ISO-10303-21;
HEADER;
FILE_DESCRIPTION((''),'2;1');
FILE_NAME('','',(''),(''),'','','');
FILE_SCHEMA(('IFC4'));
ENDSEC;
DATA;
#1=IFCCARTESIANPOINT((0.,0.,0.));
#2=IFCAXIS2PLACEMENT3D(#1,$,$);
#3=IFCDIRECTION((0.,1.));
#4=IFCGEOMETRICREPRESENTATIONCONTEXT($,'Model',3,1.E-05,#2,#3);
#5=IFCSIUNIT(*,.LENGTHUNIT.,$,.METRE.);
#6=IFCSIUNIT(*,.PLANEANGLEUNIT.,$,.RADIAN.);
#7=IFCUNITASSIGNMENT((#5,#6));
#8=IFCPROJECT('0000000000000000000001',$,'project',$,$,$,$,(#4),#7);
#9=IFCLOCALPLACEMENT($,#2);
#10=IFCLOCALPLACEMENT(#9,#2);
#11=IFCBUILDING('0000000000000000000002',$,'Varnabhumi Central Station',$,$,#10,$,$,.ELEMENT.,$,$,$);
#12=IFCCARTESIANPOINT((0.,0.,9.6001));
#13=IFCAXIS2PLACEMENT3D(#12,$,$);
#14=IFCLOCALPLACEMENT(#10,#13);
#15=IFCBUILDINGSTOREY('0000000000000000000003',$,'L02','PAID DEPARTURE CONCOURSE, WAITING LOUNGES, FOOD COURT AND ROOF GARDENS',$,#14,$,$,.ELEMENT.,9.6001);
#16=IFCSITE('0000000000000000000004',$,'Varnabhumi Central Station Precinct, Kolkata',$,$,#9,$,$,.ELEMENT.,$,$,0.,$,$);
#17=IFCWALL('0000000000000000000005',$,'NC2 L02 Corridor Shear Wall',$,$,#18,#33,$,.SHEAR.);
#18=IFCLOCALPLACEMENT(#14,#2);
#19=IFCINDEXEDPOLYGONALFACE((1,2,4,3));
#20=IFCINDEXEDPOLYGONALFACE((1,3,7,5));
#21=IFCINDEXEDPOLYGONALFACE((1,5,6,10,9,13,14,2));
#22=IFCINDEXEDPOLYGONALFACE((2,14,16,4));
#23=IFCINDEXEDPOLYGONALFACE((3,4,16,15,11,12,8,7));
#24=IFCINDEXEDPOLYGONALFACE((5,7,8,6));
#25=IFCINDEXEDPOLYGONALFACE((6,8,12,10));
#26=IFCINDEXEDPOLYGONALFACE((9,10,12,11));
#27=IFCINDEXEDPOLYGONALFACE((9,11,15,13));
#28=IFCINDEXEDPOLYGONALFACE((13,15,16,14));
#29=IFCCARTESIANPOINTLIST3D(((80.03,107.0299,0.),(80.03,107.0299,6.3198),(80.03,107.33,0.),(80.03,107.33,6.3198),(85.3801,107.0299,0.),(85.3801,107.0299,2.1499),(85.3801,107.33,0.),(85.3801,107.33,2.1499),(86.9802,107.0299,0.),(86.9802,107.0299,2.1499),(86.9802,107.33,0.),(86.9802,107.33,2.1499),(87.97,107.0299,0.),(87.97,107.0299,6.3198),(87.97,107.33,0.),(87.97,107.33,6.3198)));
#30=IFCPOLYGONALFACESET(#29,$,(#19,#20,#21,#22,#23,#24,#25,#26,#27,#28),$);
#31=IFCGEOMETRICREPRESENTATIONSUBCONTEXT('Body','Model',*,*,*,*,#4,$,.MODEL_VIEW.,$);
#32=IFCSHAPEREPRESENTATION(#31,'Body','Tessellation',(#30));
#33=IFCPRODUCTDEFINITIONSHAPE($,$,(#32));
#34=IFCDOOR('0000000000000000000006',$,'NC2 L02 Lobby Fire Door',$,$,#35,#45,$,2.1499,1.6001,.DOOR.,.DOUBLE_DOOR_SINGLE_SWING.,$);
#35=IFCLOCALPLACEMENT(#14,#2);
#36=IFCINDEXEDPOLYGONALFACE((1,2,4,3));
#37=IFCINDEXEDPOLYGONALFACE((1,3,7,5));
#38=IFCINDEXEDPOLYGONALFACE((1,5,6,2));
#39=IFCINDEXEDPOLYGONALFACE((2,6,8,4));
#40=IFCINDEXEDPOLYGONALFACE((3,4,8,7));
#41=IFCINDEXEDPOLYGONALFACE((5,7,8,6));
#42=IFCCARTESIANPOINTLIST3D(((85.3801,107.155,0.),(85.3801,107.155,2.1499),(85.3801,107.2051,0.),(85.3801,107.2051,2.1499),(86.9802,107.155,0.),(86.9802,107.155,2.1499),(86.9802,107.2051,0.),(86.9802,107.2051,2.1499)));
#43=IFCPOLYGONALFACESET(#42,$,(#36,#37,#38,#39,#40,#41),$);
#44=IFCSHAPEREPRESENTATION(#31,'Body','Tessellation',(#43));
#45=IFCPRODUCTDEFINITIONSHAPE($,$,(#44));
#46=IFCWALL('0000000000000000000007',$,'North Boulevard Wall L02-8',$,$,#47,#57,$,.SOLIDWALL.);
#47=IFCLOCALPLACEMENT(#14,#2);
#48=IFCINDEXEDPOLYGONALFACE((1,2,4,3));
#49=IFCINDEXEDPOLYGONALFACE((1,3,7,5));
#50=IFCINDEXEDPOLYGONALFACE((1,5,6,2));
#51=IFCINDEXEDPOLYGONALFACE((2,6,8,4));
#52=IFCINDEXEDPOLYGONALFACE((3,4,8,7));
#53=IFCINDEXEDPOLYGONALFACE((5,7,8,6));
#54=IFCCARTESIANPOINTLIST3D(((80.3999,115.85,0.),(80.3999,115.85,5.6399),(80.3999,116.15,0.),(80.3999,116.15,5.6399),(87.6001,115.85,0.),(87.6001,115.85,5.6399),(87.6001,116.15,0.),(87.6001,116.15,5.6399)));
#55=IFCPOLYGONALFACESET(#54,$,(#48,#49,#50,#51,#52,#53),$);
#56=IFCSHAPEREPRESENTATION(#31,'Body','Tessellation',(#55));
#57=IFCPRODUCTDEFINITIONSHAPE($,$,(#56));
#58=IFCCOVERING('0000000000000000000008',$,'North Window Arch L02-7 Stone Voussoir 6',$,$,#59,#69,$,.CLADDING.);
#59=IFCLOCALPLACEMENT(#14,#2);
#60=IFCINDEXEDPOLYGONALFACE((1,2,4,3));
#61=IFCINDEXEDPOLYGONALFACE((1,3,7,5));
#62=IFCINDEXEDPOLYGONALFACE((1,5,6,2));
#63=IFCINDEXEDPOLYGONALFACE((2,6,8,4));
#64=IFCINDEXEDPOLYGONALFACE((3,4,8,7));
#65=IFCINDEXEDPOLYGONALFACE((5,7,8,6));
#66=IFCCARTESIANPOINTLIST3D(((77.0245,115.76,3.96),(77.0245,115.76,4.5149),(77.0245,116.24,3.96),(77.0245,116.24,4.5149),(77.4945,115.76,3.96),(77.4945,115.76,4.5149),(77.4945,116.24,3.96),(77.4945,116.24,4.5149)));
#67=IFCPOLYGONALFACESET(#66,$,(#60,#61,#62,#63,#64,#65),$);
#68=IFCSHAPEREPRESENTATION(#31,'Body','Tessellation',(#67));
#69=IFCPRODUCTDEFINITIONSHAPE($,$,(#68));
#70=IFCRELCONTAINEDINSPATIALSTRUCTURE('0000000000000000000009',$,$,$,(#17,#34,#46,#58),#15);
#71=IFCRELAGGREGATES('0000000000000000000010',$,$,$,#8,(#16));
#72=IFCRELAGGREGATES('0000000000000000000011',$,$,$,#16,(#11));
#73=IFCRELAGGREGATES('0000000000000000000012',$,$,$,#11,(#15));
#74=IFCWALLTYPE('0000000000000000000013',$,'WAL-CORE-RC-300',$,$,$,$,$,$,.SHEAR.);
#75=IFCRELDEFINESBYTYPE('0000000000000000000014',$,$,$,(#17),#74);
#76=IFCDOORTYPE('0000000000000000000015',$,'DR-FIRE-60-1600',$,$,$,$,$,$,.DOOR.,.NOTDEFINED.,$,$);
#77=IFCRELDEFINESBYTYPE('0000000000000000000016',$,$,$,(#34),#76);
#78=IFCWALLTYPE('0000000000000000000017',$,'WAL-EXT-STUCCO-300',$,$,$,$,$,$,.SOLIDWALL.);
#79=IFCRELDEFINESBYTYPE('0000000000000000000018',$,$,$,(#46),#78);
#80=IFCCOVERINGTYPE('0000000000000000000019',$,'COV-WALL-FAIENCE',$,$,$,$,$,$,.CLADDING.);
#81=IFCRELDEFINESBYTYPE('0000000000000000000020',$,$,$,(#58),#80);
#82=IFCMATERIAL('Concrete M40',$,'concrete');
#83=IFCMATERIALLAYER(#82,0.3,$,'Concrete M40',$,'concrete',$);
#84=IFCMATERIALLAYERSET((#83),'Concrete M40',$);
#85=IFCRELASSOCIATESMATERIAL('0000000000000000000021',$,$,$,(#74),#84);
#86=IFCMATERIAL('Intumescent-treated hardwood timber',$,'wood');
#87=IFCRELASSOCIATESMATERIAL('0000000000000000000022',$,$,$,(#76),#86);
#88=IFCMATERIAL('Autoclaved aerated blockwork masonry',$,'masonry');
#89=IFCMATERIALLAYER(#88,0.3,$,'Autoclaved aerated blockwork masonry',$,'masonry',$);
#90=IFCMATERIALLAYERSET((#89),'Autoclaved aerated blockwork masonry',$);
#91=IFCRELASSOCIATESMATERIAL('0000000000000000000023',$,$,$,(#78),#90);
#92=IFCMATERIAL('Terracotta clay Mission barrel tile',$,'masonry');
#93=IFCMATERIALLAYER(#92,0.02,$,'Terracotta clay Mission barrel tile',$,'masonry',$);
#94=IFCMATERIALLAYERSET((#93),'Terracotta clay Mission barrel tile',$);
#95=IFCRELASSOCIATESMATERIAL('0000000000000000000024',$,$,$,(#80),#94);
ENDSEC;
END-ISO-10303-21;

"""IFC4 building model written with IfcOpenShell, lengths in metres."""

from ifc_helpers import new_model, si_unit, direction, frame, frame_2d, origin, origin_2d, place, context, subcontext, project, spatial, rectangle, extrude, material, layer, layer_set, type_object, element, fill, save


model = new_model("IFC4")

# Units and contexts
model_context = context("Model", 3, precision=1e-05, world=origin(), true_north=direction((0.0, 1.0)))
body_context = subcontext(model_context, "Body", "Model", "MODEL_VIEW")
ifc_project = project(units=[si_unit("LENGTHUNIT", "METRE"), si_unit("PLANEANGLEUNIT", "RADIAN")], contexts=[model_context])

# Site, building, storey
site_placement = place(None, origin())
site = spatial("IfcSite", under=ifc_project, at=site_placement, Name="Varnabhumi Central Station Precinct, Kolkata", CompositionType="ELEMENT", RefElevation=0.0)
building_placement = place(site_placement, origin())
building = spatial("IfcBuilding", under=site, at=building_placement, Name="Varnabhumi Central Station", CompositionType="ELEMENT")
storey_placement = place(building_placement, frame((0.0, 0.0, 9.6001)))
storey = spatial("IfcBuildingStorey", under=building, at=storey_placement, Name="L02", Description="PAID DEPARTURE CONCOURSE, WAITING LOUNGES, FOOD COURT AND ROOF GARDENS", CompositionType="ELEMENT", Elevation=9.6001)

# Shared definitions
ifc_material_1 = material(Name="Concrete M40", Category="concrete")

# Shared definitions
ifc_layer_1 = layer(ifc_material_1, 0.3, Name="Concrete M40", Category="concrete")
ifc_layer_set_1 = layer_set([ifc_layer_1], Name="Concrete M40")
wall_type_1 = type_object("IfcWallType", Name="WAL-CORE-RC-300", PredefinedType="SHEAR", material=ifc_layer_set_1)

# Wall, opening, door
wall_1_placement = place(storey_placement, frame((80.03, 107.1799, 0.0), z_axis=(0.0, 0.0, 1.0), x_axis=(1.0, 0.0, 0.0)))
wall_1 = element("IfcWall", 1, at=wall_1_placement, inside=storey, type_object=wall_type_1, Name="NC2 L02 Corridor Shear Wall", PredefinedType="SHEAR", context=body_context, shape_type="SweptSolid", body=[
    extrude(rectangle(XDim=7.9399, YDim=0.3, at=frame_2d((3.97, 0.0))), origin(), (0.0, 0.0, 1.0), 6.3198),
])
opening_placement = place(wall_1_placement, frame((5.3501, 0.0, 0.0)))
opening = element("IfcOpeningElement", 2, at=opening_placement, cuts=wall_1, PredefinedType="OPENING", context=body_context, shape_type="SweptSolid", body=[
    extrude(rectangle(XDim=1.6001, YDim=2.1499, at=frame_2d((0.8, 1.075))), frame((0.0, 0.1599, 0.0), z_axis=(0.0, -1.0, 0.0), x_axis=(1.0, 0.0, 0.0)), (0.0, 0.0, 1.0), 0.3201),
])
ifc_material_2 = material(Name="Intumescent-treated hardwood timber", Category="wood")
door_type = type_object("IfcDoorType", Name="DR-FIRE-60-1600", OperationType="NOTDEFINED", PredefinedType="DOOR", material=ifc_material_2)
door_placement = place(opening_placement, frame((1.6001, 0.0, 0.0), z_axis=(0.0, 0.0, 1.0), x_axis=(-1.0, 0.0, 0.0)))
door = element("IfcDoor", 3, at=door_placement, inside=storey, type_object=door_type, Name="NC2 L02 Lobby Fire Door", OperationType="DOUBLE_DOOR_SINGLE_SWING", OverallHeight=2.1499, OverallWidth=1.6001, PredefinedType="DOOR", context=body_context, shape_type="SweptSolid", body=[
    extrude(rectangle(XDim=1.6001, YDim=2.1499, at=frame_2d((0.8, 1.075))), frame((0.0, 0.0249, 0.0), z_axis=(0.0, -1.0, 0.0), x_axis=(1.0, 0.0, 0.0)), (0.0, 0.0, 1.0), 0.05),
])
fill(opening, door)

# Wall
ifc_material_3 = material(Name="Autoclaved aerated blockwork masonry", Category="masonry")
ifc_layer_2 = layer(ifc_material_3, 0.3, Name="Autoclaved aerated blockwork masonry", Category="masonry")
ifc_layer_set_2 = layer_set([ifc_layer_2], Name="Autoclaved aerated blockwork masonry")
wall_type_2 = type_object("IfcWallType", Name="WAL-EXT-STUCCO-300", PredefinedType="SOLIDWALL", material=ifc_layer_set_2)
wall_2_placement = place(storey_placement, frame((80.3999, 116.0, 0.0), z_axis=(0.0, 0.0, 1.0), x_axis=(1.0, 0.0, 0.0)))
element("IfcWall", 4, at=wall_2_placement, inside=storey, type_object=wall_type_2, Name="North Boulevard Wall L02-8", PredefinedType="SOLIDWALL", context=body_context, shape_type="SweptSolid", body=[
    extrude(rectangle(XDim=7.2002, YDim=0.3, at=frame_2d((3.6001, 0.0))), origin(), (0.0, 0.0, 1.0), 5.6399),
])

# Covering
ifc_material_4 = material(Name="Terracotta clay Mission barrel tile", Category="masonry")
ifc_layer_3 = layer(ifc_material_4, 0.02, Name="Terracotta clay Mission barrel tile", Category="masonry")
ifc_layer_set_3 = layer_set([ifc_layer_3], Name="Terracotta clay Mission barrel tile")
covering_type = type_object("IfcCoveringType", Name="COV-WALL-FAIENCE", PredefinedType="CLADDING", material=ifc_layer_set_3)
covering_placement = place(storey_placement, frame((77.2595, 116.0, 3.96), z_axis=(0.0, 0.0, 1.0), x_axis=(1.0, 0.0, 0.0)))
element("IfcCovering", 5, at=covering_placement, inside=storey, type_object=covering_type, Name="North Window Arch L02-7 Stone Voussoir 6", PredefinedType="CLADDING", context=body_context, shape_type="SweptSolid", body=[
    extrude(rectangle(XDim=0.47, YDim=0.48, at=origin_2d()), origin(), (0.0, 0.0, 1.0), 0.5549),
])

save(model, "model.ifc")
